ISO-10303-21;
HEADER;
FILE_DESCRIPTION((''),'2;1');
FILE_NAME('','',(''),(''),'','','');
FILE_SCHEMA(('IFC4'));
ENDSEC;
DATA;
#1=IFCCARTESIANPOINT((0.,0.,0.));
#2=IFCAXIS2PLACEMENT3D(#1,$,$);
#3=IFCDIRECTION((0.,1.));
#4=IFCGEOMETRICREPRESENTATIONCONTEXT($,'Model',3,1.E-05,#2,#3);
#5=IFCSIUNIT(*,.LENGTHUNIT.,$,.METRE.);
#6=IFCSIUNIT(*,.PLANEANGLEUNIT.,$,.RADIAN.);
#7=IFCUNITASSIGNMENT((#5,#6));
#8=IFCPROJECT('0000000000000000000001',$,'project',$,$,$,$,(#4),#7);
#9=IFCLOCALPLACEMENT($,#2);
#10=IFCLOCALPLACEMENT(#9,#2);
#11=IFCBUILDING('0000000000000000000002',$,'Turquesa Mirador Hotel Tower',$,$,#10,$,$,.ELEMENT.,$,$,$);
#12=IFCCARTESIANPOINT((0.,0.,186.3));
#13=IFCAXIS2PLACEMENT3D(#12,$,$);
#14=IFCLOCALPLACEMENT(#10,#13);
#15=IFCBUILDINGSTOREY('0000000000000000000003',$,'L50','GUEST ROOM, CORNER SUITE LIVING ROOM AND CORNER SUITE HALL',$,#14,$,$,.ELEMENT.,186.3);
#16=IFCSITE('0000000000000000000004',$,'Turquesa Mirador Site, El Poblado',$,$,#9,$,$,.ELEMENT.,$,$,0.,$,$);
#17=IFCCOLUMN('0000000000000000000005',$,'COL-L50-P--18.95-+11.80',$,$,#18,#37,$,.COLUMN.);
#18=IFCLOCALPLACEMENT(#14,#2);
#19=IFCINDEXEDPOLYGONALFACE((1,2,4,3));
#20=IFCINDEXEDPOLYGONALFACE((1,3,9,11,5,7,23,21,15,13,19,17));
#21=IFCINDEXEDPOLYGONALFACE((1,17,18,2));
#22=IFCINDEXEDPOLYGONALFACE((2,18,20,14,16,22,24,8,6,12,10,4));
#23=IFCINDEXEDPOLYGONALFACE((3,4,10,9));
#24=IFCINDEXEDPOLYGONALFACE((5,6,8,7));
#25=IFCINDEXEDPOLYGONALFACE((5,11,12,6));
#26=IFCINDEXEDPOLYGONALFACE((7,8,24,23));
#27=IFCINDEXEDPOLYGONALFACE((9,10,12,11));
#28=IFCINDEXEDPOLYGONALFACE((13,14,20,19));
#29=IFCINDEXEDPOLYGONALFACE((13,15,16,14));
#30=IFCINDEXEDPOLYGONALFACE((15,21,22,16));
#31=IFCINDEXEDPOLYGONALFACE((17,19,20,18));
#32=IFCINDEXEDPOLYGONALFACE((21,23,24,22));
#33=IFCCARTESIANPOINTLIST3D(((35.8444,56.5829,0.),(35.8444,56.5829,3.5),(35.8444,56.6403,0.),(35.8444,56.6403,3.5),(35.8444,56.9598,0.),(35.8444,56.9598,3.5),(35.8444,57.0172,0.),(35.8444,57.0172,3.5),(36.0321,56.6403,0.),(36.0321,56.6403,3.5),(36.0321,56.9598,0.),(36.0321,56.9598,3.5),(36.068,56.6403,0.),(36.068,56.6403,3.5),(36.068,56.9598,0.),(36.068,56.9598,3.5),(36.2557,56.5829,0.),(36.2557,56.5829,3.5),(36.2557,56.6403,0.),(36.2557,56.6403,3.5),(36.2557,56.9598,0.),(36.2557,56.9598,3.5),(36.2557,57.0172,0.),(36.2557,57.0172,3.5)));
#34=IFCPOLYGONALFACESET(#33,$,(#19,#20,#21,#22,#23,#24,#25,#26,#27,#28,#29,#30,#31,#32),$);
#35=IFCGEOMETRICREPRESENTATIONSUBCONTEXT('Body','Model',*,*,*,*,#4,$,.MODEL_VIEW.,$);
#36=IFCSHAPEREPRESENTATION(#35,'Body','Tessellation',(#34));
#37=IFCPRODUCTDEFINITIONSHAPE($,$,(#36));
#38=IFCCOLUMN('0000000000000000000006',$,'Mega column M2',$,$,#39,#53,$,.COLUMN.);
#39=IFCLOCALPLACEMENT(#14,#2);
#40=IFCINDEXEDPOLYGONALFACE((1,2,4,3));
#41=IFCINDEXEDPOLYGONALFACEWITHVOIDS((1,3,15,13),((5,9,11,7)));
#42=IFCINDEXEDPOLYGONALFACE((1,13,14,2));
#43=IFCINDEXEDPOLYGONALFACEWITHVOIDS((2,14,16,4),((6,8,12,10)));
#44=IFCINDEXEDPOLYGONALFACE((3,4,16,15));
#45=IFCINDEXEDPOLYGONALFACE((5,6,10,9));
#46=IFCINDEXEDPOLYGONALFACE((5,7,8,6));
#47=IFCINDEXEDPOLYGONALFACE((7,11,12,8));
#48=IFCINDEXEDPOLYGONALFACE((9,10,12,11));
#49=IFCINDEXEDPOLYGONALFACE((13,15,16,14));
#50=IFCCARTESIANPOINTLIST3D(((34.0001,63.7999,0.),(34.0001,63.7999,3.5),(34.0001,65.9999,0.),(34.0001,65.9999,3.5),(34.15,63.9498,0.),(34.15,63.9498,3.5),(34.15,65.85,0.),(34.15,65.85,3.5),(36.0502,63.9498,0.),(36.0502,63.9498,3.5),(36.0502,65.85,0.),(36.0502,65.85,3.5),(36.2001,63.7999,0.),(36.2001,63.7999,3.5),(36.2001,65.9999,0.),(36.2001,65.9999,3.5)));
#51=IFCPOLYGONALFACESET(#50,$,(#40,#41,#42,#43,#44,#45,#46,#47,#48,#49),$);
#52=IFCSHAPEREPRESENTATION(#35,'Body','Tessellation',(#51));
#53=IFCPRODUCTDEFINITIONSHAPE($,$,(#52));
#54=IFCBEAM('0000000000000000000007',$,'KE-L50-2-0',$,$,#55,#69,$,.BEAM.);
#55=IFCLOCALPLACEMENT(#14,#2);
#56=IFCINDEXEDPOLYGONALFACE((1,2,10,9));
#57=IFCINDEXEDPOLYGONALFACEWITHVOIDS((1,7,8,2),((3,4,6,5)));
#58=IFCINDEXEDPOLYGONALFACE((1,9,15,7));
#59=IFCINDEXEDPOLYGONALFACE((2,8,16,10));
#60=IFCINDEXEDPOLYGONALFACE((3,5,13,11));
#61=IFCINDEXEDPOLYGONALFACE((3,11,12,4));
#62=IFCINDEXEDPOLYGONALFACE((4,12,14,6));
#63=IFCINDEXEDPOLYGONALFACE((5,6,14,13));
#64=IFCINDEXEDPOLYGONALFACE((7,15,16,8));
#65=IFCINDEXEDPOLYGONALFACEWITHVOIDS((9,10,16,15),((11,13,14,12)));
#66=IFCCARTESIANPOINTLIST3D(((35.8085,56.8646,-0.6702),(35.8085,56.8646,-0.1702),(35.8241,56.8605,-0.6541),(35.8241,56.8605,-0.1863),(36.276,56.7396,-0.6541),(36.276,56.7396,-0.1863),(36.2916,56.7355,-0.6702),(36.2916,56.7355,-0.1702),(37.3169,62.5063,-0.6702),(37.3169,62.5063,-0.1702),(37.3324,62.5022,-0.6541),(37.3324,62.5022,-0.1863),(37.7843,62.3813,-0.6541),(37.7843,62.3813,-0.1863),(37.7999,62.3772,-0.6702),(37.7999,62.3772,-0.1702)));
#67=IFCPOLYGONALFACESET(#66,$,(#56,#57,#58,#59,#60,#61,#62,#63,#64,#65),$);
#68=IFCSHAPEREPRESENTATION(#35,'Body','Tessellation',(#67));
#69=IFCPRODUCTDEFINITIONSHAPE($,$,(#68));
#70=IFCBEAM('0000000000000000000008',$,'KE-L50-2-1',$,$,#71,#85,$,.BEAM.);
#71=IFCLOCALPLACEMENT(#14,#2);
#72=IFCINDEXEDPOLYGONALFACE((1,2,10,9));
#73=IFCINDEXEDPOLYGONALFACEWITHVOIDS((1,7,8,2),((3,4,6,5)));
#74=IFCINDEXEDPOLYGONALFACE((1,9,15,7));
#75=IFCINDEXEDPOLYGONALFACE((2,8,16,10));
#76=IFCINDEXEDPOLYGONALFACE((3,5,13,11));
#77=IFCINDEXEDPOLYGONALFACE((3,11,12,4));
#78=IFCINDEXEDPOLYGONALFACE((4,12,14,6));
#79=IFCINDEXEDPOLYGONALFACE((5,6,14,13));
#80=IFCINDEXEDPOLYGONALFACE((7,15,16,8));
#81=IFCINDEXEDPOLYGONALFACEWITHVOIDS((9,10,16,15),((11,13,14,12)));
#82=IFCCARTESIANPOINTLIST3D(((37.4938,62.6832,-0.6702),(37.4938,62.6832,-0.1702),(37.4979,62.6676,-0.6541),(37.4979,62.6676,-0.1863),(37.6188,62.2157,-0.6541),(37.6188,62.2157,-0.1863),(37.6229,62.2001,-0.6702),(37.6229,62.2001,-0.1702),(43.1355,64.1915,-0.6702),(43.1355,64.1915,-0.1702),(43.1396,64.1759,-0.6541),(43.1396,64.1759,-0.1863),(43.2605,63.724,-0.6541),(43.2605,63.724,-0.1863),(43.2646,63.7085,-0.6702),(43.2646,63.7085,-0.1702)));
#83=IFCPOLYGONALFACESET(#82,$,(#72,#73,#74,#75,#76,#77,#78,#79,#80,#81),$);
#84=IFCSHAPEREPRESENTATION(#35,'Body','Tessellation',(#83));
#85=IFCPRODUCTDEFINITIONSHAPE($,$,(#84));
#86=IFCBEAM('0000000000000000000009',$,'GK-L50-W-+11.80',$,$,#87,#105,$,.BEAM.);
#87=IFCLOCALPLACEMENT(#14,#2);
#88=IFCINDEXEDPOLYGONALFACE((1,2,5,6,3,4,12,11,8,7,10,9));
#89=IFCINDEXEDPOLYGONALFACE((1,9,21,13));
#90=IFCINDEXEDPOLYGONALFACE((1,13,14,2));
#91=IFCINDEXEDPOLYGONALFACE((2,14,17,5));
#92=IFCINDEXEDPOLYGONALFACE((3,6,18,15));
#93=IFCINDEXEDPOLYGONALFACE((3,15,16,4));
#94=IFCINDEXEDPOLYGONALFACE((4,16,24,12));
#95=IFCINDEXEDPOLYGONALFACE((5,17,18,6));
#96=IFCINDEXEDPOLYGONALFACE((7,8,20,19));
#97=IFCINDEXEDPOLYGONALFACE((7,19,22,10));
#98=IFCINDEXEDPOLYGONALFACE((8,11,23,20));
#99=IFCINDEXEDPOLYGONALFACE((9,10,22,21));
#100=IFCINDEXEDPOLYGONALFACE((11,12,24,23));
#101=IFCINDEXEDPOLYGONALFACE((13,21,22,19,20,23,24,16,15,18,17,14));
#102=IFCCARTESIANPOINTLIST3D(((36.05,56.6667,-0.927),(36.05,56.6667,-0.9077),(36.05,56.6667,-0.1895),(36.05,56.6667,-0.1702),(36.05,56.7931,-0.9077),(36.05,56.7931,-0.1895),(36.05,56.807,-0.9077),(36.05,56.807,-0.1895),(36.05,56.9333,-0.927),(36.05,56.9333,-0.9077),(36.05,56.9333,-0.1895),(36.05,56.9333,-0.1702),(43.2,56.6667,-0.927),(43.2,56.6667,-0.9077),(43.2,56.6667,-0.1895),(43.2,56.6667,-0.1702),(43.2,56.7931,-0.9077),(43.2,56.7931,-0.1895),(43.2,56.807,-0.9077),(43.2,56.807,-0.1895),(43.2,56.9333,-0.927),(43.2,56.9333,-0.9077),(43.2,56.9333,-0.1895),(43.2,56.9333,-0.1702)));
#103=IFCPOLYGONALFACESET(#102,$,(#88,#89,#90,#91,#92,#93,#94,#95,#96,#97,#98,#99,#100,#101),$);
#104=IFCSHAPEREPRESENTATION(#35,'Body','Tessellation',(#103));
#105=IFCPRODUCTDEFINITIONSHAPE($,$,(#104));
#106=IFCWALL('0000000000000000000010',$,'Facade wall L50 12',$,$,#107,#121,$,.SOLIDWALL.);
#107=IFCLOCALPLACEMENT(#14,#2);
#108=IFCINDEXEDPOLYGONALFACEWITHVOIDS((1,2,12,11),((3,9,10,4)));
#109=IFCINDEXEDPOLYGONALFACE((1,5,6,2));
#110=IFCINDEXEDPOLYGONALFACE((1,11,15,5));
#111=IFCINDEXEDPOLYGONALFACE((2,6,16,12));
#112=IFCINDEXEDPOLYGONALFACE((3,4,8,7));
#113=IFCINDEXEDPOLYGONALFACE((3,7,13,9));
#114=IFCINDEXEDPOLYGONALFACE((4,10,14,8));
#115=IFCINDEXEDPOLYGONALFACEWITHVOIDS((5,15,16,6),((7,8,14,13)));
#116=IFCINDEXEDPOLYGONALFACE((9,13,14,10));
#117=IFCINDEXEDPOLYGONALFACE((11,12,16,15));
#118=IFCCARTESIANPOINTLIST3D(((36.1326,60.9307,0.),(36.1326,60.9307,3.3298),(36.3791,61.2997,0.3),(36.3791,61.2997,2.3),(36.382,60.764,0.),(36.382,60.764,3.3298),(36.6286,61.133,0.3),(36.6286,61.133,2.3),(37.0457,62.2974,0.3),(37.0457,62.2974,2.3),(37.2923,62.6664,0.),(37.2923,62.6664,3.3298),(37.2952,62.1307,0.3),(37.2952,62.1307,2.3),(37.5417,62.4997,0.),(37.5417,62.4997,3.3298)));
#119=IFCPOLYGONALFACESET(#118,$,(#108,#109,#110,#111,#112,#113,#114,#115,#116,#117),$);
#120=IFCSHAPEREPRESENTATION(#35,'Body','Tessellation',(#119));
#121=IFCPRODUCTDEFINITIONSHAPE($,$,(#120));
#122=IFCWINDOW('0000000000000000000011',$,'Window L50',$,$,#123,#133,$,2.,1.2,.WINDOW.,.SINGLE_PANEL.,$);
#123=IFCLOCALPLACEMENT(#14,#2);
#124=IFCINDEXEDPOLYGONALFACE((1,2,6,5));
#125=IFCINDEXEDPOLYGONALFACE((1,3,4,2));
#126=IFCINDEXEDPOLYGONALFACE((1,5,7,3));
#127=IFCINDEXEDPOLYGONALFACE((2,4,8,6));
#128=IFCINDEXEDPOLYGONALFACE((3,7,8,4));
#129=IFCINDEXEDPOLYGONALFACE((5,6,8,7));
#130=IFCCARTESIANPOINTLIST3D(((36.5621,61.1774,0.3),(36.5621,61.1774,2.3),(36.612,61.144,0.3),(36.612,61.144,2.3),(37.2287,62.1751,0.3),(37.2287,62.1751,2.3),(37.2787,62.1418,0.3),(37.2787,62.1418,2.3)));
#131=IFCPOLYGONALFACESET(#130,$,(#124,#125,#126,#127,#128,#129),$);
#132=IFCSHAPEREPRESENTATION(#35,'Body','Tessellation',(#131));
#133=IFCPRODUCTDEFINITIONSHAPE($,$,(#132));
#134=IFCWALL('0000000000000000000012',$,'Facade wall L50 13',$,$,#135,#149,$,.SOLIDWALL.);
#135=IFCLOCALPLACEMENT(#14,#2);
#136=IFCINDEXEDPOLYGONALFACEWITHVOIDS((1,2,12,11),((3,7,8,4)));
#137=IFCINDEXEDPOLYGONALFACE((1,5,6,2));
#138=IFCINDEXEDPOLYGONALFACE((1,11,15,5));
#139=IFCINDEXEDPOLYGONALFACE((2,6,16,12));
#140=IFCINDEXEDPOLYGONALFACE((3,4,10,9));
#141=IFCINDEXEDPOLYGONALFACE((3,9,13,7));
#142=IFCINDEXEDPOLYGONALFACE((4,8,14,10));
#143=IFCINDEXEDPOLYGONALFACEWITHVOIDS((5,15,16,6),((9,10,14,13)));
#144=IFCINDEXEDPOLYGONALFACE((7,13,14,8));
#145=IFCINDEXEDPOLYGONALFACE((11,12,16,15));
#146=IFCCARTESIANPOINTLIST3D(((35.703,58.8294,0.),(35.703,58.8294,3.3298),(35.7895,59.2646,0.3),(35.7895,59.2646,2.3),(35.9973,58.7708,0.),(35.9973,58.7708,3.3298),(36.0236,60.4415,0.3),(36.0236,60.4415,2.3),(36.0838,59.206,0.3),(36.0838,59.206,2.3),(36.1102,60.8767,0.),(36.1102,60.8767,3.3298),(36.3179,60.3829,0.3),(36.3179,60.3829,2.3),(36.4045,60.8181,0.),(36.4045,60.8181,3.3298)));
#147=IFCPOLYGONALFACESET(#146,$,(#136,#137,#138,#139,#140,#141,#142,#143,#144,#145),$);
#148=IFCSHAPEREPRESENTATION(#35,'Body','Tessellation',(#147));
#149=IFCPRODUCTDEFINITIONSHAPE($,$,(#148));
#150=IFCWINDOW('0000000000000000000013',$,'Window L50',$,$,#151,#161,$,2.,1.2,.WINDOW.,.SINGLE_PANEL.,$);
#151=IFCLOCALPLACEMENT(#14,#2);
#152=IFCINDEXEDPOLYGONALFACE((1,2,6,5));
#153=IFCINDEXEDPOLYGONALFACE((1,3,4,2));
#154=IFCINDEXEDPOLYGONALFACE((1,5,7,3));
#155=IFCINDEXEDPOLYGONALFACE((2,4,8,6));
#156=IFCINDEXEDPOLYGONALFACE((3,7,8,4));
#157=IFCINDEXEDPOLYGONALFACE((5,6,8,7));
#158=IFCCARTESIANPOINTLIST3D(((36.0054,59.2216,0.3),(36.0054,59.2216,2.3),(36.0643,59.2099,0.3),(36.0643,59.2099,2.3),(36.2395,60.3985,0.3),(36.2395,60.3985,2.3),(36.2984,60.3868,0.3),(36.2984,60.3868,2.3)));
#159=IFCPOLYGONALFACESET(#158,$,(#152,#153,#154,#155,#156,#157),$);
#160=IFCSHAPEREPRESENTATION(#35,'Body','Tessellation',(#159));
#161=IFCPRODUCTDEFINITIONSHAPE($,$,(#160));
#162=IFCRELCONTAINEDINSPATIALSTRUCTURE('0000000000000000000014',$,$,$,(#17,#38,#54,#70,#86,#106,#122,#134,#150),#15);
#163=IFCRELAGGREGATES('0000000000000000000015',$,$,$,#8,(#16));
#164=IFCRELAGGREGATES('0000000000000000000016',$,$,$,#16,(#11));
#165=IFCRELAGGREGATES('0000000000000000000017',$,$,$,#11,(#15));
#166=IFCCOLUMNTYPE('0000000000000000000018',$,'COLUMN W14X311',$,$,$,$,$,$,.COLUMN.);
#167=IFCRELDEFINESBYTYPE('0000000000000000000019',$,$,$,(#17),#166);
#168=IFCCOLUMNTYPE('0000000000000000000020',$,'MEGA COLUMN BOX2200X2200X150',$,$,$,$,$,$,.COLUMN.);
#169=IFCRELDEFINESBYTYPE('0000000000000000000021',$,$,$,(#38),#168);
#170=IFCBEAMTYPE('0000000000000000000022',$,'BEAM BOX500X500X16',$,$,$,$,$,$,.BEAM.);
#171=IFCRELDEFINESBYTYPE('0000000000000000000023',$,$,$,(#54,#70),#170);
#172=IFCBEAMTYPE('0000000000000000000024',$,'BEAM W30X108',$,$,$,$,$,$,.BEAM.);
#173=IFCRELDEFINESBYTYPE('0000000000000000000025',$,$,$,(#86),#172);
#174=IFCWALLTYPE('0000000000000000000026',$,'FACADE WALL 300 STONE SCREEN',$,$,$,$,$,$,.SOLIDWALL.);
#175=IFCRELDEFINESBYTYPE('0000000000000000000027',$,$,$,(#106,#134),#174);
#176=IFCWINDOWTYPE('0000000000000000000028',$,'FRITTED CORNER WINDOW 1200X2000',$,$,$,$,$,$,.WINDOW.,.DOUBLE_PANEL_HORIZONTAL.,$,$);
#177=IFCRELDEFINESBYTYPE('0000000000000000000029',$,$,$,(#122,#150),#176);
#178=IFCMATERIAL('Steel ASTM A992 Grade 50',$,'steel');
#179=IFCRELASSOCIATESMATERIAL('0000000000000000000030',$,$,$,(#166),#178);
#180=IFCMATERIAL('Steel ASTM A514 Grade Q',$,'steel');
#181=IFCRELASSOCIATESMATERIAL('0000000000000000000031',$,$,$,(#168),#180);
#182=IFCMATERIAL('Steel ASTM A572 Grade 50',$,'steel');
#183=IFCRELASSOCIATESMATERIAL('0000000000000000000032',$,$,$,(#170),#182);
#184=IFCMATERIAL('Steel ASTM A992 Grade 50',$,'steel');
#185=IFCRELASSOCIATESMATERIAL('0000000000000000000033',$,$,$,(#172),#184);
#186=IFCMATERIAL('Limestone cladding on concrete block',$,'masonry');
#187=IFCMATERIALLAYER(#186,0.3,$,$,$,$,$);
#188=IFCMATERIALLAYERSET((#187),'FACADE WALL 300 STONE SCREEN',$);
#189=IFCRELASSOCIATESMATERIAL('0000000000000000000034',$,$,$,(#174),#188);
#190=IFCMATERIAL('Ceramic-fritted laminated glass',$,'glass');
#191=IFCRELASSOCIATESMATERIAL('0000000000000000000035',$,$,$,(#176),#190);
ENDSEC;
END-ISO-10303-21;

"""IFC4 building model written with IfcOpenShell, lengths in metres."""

from ifc_helpers import new_model, si_unit, direction, frame, frame_2d, origin, origin_2d, place, context, subcontext, project, spatial, rectangle, hollow_rectangle, i_section, extrude, material, layer, layer_set, material_profile, profile_set, type_object, element, fill, save


model = new_model("IFC4")

# Units and contexts
model_context = context("Model", 3, precision=1e-05, world=origin(), true_north=direction((0.0, 1.0)))
body_context = subcontext(model_context, "Body", "Model", "MODEL_VIEW")
ifc_project = project(units=[si_unit("LENGTHUNIT", "METRE"), si_unit("PLANEANGLEUNIT", "RADIAN")], contexts=[model_context])

# Site, building, storey
site_placement = place(None, origin())
site = spatial("IfcSite", under=ifc_project, at=site_placement, Name="Turquesa Mirador Site, El Poblado", CompositionType="ELEMENT", RefElevation=0.0)
building_placement = place(site_placement, origin())
building = spatial("IfcBuilding", under=site, at=building_placement, Name="Turquesa Mirador Hotel Tower", CompositionType="ELEMENT")
storey_placement = place(building_placement, frame((0.0, 0.0, 186.3)))
storey = spatial("IfcBuildingStorey", under=building, at=storey_placement, Name="L50", Description="GUEST ROOM, CORNER SUITE LIVING ROOM AND CORNER SUITE HALL", CompositionType="ELEMENT", Elevation=186.3)

# Columns
ifc_material_1 = material(Name="Steel ASTM A992 Grade 50", Category="steel")
ifc_material_profile_1 = material_profile(ifc_material_1, i_section(OverallWidth=0.4114, OverallDepth=0.4343, WebThickness=0.0359, FlangeThickness=0.0574, at=origin_2d()), Name="W14X311")
ifc_profile_set_1 = profile_set([ifc_material_profile_1], Name="Steel ASTM A992 Grade 50")
column_type_1 = type_object("IfcColumnType", Name="COLUMN W14X311", PredefinedType="COLUMN", material=ifc_profile_set_1)
column_1_placement = place(storey_placement, frame((36.05, 56.8, 0.0), z_axis=(0.0, 0.0, 1.0), x_axis=(1.0, 0.0, 0.0)))
element("IfcColumn", 1, at=column_1_placement, inside=storey, type_object=column_type_1, Name="COL-L50-P--18.95-+11.80", PredefinedType="COLUMN", context=body_context, shape_type="SweptSolid", body=[
    extrude(i_section(OverallWidth=0.4114, OverallDepth=0.4343, WebThickness=0.0359, FlangeThickness=0.0574, at=origin_2d()), origin(), (0.0, 0.0, 1.0), 3.5),
])
ifc_material_2 = material(Name="Steel ASTM A514 Grade Q", Category="steel")
ifc_material_profile_2 = material_profile(ifc_material_2, hollow_rectangle(XDim=2.2, YDim=2.2, WallThickness=0.1499, at=origin_2d()), Name="BOX2200X2200X150")
ifc_profile_set_2 = profile_set([ifc_material_profile_2], Name="Steel ASTM A514 Grade Q")
column_type_2 = type_object("IfcColumnType", Name="MEGA COLUMN BOX2200X2200X150", PredefinedType="COLUMN", material=ifc_profile_set_2)
column_2_placement = place(storey_placement, frame((35.1001, 64.8999, 0.0), z_axis=(0.0, 0.0, 1.0), x_axis=(1.0, 0.0, 0.0)))
element("IfcColumn", 2, at=column_2_placement, inside=storey, type_object=column_type_2, Name="Mega column M2", PredefinedType="COLUMN", context=body_context, shape_type="SweptSolid", body=[
    extrude(hollow_rectangle(XDim=2.2, YDim=2.2, WallThickness=0.1499, at=origin_2d()), origin(), (0.0, 0.0, 1.0), 3.5),
])

# Beams
ifc_material_3 = material(Name="Steel ASTM A572 Grade 50", Category="steel")
ifc_material_profile_3 = material_profile(ifc_material_3, hollow_rectangle(XDim=0.5, YDim=0.5, WallThickness=0.0161, at=origin_2d()), Name="BOX500X500X16")
ifc_profile_set_3 = profile_set([ifc_material_profile_3], Name="Steel ASTM A572 Grade 50")
beam_type_1 = type_object("IfcBeamType", Name="BEAM BOX500X500X16", PredefinedType="BEAM", material=ifc_profile_set_3)
for number, where, z_axis, x_axis, name in (
    (3, (36.05, 56.8, -0.4202), (0.258282, 0.96607, 0.0), (-0.96607, 0.258282, 0.0), "KE-L50-2-0"),
    (4, (37.5583, 62.4417, -0.4202), (0.96607, 0.258282, 0.0), (-0.258282, 0.96607, 0.0), "KE-L50-2-1"),
):
    element("IfcBeam", number, at=place(storey_placement, frame(where, z_axis=z_axis, x_axis=x_axis)), inside=storey, type_object=beam_type_1, Name=name, PredefinedType="BEAM", context=body_context, shape_type="SweptSolid", body=[
        extrude(hollow_rectangle(XDim=0.5, YDim=0.5, WallThickness=0.0161, at=origin_2d()), origin(), (0.0, 0.0, 1.0), 5.8398),
    ])
ifc_material_4 = material(Name="Steel ASTM A992 Grade 50", Category="steel")
ifc_material_profile_4 = material_profile(ifc_material_4, i_section(OverallWidth=0.2666, OverallDepth=0.7568, WebThickness=0.0139, FlangeThickness=0.0193, at=origin_2d()), Name="W30X108")
ifc_profile_set_4 = profile_set([ifc_material_profile_4], Name="Steel ASTM A992 Grade 50")
beam_type_2 = type_object("IfcBeamType", Name="BEAM W30X108", PredefinedType="BEAM", material=ifc_profile_set_4)
beam_placement = place(storey_placement, frame((36.05, 56.8, -0.5486), z_axis=(1.0, 0.0, 0.0), x_axis=(0.0, 1.0, 0.0)))
element("IfcBeam", 5, at=beam_placement, inside=storey, type_object=beam_type_2, Name="GK-L50-W-+11.80", PredefinedType="BEAM", context=body_context, shape_type="SweptSolid", body=[
    extrude(i_section(OverallWidth=0.2666, OverallDepth=0.7568, WebThickness=0.0139, FlangeThickness=0.0193, at=origin_2d()), origin(), (0.0, 0.0, 1.0), 7.1499),
])

# Walls, openings, windows
ifc_material_5 = material(Name="Limestone cladding on concrete block", Category="masonry")
ifc_layer = layer(ifc_material_5, 0.3)
ifc_layer_set = layer_set([ifc_layer], Name="FACADE WALL 300 STONE SCREEN")
wall_type = type_object("IfcWallType", Name="FACADE WALL 300 STONE SCREEN", PredefinedType="SOLIDWALL", material=ifc_layer_set)
wall_1_placement = place(storey_placement, frame((37.417, 62.583, 0.0), z_axis=(0.0, 0.0, 1.0), x_axis=(-0.555564, -0.831474, 0.0)))
wall_1 = element("IfcWall", 6, at=wall_1_placement, inside=storey, type_object=wall_type, Name="Facade wall L50 12", PredefinedType="SOLIDWALL", context=body_context, shape_type="SweptSolid", body=[
    extrude(rectangle(XDim=2.0874, YDim=0.3, at=frame_2d((1.0437, 0.0))), origin(), (0.0, 0.0, 1.0), 3.3298),
])
opening_1_placement = place(wall_1_placement, frame((0.4436, 0.0, 0.3)))
opening_1 = element("IfcOpeningElement", 7, at=opening_1_placement, cuts=wall_1, PredefinedType="OPENING", context=body_context, shape_type="SweptSolid", body=[
    extrude(rectangle(XDim=1.2, YDim=2.0, at=frame_2d((0.6001, 1.0))), frame((0.0, 0.1599, 0.0), z_axis=(0.0, -1.0, 0.0), x_axis=(1.0, 0.0, 0.0)), (0.0, 0.0, 1.0), 0.3201),
])
ifc_material_6 = material(Name="Ceramic-fritted laminated glass", Category="glass")
window_type_1 = type_object("IfcWindowType", Name="FRITTED CORNER WINDOW 1200X2000", PartitioningType="DOUBLE_PANEL_HORIZONTAL", PredefinedType="WINDOW", material=ifc_material_6)
window_1_placement = place(opening_1_placement, origin())
window_1 = element("IfcWindow", 8, at=window_1_placement, inside=storey, type_object=window_type_1, Name="Window L50", OverallHeight=2.0, OverallWidth=1.2, PartitioningType="SINGLE_PANEL", PredefinedType="WINDOW", context=body_context, shape_type="SweptSolid", body=[
    extrude(rectangle(XDim=1.2, YDim=2.0, at=frame_2d((0.6001, 1.0))), frame((0.0, 0.1301, 0.0), z_axis=(0.0, -1.0, 0.0), x_axis=(1.0, 0.0, 0.0)), (0.0, 0.0, 1.0), 0.0601),
])
fill(opening_1, window_1)
wall_2_placement = place(storey_placement, frame((36.2573, 60.8474, 0.0), z_axis=(0.0, 0.0, 1.0), x_axis=(-0.195081, -0.980787, 0.0)))
wall_2 = element("IfcWall", 9, at=wall_2_placement, inside=storey, type_object=wall_type, Name="Facade wall L50 13", PredefinedType="SOLIDWALL", context=body_context, shape_type="SweptSolid", body=[
    extrude(rectangle(XDim=2.0874, YDim=0.3, at=frame_2d((1.0437, 0.0))), origin(), (0.0, 0.0, 1.0), 3.3298),
])
opening_2_placement = place(wall_2_placement, frame((0.4436, 0.0, 0.3)))
opening_2 = element("IfcOpeningElement", 10, at=opening_2_placement, cuts=wall_2, PredefinedType="OPENING", context=body_context, shape_type="SweptSolid", body=[
    extrude(rectangle(XDim=1.2, YDim=2.0, at=frame_2d((0.6001, 1.0))), frame((0.0, 0.1599, 0.0), z_axis=(0.0, -1.0, 0.0), x_axis=(1.0, 0.0, 0.0)), (0.0, 0.0, 1.0), 0.3201),
])
window_2_placement = place(opening_2_placement, origin())
window_2 = element("IfcWindow", 11, at=window_2_placement, inside=storey, type_object=window_type_1, Name="Window L50", OverallHeight=2.0, OverallWidth=1.2, PartitioningType="SINGLE_PANEL", PredefinedType="WINDOW", context=body_context, shape_type="SweptSolid", body=[
    extrude(rectangle(XDim=1.2, YDim=2.0, at=frame_2d((0.6001, 1.0))), frame((0.0, 0.1301, 0.0), z_axis=(0.0, -1.0, 0.0), x_axis=(1.0, 0.0, 0.0)), (0.0, 0.0, 1.0), 0.0601),
])
fill(opening_2, window_2)

save(model, "model.ifc")
